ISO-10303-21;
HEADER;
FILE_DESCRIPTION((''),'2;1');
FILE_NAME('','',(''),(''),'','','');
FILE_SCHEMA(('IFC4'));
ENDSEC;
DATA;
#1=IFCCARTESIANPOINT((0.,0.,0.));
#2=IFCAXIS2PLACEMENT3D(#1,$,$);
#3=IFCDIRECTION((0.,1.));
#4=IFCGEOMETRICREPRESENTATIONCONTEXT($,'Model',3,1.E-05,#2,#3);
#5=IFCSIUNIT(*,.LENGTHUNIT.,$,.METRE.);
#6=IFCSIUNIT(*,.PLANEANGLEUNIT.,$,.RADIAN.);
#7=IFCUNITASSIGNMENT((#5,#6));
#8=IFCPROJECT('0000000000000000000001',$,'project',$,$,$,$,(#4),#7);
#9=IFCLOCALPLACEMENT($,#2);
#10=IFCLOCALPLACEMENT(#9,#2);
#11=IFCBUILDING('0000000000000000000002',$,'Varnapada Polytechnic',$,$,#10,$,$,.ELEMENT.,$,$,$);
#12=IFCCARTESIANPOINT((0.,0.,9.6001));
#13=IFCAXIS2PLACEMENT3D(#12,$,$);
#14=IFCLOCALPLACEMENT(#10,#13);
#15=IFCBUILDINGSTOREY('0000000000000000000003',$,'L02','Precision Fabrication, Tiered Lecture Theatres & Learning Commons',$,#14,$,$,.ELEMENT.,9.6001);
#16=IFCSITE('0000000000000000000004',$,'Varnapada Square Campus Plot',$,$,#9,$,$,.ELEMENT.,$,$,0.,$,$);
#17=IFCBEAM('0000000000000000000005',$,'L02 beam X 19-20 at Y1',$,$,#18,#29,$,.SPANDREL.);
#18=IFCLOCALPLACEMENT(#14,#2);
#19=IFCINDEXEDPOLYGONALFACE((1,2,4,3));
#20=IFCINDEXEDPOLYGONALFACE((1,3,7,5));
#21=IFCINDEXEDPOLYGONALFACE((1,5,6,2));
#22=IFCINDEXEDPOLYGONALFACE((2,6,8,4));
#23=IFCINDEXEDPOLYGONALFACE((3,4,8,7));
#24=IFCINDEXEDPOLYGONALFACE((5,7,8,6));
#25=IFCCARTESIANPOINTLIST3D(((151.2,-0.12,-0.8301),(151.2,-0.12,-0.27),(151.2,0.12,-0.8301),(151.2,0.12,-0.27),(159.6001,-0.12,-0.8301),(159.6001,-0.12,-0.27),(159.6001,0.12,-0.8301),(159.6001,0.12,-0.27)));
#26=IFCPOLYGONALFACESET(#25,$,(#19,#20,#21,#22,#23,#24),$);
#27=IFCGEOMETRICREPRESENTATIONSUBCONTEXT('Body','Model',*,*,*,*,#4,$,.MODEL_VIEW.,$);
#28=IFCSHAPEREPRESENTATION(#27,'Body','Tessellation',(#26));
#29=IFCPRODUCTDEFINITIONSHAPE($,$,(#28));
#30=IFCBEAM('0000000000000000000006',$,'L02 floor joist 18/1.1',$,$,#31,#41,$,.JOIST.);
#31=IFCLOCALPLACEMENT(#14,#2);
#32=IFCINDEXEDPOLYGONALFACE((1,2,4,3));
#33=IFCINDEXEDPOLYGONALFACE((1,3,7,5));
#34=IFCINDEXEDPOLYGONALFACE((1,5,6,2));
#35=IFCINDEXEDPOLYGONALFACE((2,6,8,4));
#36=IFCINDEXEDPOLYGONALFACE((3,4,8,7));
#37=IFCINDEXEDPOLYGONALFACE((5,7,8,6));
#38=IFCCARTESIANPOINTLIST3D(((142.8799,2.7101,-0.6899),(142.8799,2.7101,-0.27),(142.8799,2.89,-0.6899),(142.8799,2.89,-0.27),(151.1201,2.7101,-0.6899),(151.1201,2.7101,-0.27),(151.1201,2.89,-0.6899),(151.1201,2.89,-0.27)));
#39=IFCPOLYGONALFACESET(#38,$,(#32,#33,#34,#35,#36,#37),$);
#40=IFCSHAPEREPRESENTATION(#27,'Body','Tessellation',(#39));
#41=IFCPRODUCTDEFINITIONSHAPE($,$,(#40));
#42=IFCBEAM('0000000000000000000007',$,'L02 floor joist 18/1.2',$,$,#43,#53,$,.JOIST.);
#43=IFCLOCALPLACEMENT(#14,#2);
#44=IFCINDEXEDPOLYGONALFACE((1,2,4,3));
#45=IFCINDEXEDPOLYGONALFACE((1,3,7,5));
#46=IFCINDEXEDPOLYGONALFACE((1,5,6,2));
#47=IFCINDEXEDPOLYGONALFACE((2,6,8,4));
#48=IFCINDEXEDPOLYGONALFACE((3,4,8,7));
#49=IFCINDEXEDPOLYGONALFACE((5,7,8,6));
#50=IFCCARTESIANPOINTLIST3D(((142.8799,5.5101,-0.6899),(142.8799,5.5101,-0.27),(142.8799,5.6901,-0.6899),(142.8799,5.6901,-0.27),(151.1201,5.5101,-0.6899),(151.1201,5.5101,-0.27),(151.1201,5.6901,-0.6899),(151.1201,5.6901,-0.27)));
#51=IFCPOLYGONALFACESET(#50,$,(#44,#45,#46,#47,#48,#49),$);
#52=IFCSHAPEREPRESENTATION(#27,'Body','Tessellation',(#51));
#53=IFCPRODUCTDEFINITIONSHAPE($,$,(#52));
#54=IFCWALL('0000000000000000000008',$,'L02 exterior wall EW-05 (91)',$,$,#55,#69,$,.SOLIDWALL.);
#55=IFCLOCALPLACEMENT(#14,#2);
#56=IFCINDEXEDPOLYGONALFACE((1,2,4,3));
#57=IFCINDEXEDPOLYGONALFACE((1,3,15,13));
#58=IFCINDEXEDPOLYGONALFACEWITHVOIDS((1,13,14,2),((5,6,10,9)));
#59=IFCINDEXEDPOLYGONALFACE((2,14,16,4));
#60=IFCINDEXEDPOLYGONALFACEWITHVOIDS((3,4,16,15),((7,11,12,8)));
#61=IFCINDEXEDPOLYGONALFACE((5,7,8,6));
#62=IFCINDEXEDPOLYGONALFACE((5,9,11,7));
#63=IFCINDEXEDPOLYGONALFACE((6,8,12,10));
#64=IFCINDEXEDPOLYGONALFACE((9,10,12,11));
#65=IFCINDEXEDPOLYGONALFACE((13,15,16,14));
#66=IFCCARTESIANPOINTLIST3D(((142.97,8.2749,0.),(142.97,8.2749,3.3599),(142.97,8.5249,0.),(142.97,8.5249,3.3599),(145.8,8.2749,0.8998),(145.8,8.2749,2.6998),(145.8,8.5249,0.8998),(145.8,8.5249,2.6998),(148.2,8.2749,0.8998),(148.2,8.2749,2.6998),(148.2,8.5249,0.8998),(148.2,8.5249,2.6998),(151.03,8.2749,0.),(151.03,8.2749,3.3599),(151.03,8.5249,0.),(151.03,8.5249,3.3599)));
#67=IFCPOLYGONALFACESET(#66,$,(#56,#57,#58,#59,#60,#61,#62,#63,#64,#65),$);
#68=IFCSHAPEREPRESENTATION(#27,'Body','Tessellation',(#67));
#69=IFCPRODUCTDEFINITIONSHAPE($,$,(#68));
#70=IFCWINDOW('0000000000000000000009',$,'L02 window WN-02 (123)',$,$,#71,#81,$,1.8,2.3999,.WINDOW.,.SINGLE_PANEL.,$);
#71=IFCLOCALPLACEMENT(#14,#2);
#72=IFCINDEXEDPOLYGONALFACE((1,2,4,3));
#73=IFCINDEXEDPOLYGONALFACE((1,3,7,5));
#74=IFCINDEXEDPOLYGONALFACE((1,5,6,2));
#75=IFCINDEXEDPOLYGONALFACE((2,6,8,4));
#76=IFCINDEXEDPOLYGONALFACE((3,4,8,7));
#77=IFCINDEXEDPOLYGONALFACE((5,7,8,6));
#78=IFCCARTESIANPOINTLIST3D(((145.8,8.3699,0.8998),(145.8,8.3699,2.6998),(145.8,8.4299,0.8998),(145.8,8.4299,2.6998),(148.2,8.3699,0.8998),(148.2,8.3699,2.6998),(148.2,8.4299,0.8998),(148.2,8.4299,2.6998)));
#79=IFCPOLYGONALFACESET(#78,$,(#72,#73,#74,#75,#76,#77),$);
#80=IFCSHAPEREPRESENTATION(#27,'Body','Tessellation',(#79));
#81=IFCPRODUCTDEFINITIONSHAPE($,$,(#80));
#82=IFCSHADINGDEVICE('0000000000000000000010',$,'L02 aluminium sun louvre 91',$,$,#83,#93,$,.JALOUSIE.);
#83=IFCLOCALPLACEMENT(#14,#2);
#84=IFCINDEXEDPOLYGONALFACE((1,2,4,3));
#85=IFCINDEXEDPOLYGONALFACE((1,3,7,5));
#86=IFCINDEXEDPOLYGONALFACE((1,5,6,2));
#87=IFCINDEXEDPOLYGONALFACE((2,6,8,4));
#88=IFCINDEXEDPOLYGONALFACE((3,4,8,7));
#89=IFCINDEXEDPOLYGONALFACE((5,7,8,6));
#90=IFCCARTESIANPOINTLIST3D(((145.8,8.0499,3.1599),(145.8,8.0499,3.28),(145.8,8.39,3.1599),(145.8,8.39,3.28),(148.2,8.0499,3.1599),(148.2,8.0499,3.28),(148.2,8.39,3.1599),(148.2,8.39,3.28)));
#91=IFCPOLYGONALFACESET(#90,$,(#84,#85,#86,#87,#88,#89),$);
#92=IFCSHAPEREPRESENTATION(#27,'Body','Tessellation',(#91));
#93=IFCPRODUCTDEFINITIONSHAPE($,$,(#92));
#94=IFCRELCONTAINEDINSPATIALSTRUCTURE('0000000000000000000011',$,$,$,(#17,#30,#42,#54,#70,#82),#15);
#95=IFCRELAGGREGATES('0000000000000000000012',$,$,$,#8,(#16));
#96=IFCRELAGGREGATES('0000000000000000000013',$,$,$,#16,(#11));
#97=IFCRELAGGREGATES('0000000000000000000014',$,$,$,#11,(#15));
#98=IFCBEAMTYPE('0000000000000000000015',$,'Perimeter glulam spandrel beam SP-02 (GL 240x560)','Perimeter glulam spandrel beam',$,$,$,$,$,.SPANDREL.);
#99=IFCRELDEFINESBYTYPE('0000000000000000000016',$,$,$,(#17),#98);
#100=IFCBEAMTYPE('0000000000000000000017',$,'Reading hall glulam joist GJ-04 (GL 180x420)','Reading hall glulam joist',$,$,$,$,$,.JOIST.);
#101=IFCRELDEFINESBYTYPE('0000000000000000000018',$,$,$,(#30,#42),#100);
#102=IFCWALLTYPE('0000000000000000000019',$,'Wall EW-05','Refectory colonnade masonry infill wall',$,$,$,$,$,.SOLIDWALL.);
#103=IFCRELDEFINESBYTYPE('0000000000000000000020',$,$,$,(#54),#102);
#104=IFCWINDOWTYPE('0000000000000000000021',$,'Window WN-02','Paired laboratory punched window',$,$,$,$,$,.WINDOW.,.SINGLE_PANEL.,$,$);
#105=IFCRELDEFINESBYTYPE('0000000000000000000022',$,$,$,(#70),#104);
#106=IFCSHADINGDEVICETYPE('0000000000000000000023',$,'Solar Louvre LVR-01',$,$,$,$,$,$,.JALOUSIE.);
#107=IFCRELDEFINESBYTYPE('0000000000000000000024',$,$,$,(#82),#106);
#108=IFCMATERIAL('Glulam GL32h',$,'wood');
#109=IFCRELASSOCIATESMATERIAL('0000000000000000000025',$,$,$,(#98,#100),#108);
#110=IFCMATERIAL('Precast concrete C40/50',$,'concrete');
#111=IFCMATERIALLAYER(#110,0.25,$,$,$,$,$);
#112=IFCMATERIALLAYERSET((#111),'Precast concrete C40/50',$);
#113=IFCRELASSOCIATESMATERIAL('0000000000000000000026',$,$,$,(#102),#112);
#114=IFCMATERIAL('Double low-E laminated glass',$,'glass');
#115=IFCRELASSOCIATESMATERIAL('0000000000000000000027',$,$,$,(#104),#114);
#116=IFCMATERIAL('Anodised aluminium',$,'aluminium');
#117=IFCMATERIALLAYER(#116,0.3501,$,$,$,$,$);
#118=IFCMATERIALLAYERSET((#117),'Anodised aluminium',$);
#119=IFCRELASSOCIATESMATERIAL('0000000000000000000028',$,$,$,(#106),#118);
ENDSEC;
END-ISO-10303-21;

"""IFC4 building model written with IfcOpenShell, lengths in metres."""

from ifc_helpers import new_model, si_unit, direction, frame, frame_2d, origin, origin_2d, place, context, subcontext, project, spatial, rectangle, extrude, material, layer, layer_set, material_profile, profile_set, type_object, element, fill, save


model = new_model("IFC4")

# Units and contexts
model_context = context("Model", 3, precision=1e-05, world=origin(), true_north=direction((0.0, 1.0)))
body_context = subcontext(model_context, "Body", "Model", "MODEL_VIEW")
ifc_project = project(units=[si_unit("LENGTHUNIT", "METRE"), si_unit("PLANEANGLEUNIT", "RADIAN")], contexts=[model_context])

# Site, building, storey
site_placement = place(None, origin())
site = spatial("IfcSite", under=ifc_project, at=site_placement, Name="Varnapada Square Campus Plot", CompositionType="ELEMENT", RefElevation=0.0)
building_placement = place(site_placement, origin())
building = spatial("IfcBuilding", under=site, at=building_placement, Name="Varnapada Polytechnic", CompositionType="ELEMENT")
storey_placement = place(building_placement, frame((0.0, 0.0, 9.6001)))
storey = spatial("IfcBuildingStorey", under=building, at=storey_placement, Name="L02", Description="Precision Fabrication, Tiered Lecture Theatres & Learning Commons", CompositionType="ELEMENT", Elevation=9.6001)

# Beams
ifc_material_1 = material(Name="Glulam GL32h", Category="wood")
ifc_material_profile_1 = material_profile(ifc_material_1, rectangle(XDim=0.24, YDim=0.5601, at=origin_2d()), Name="GL 240x560")
ifc_profile_set_1 = profile_set([ifc_material_profile_1], Name="Glulam GL32h")
beam_type_1 = type_object("IfcBeamType", Name="Perimeter glulam spandrel beam SP-02 (GL 240x560)", Description="Perimeter glulam spandrel beam", PredefinedType="SPANDREL", material=ifc_profile_set_1)
beam_placement = place(storey_placement, frame((151.2, 0.0, -0.55), z_axis=(1.0, 0.0, 0.0), x_axis=(0.0, 1.0, 0.0)))
element("IfcBeam", 1, at=beam_placement, inside=storey, type_object=beam_type_1, Name="L02 beam X 19-20 at Y1", PredefinedType="SPANDREL", context=body_context, shape_type="SweptSolid", body=[
    extrude(rectangle(XDim=0.24, YDim=0.5601, at=origin_2d()), origin(), (0.0, 0.0, 1.0), 8.4001),
])
ifc_material_profile_2 = material_profile(ifc_material_1, rectangle(XDim=0.1799, YDim=0.4199, at=origin_2d()), Name="GL 180x420")
ifc_profile_set_2 = profile_set([ifc_material_profile_2], Name="Glulam GL32h")
beam_type_2 = type_object("IfcBeamType", Name="Reading hall glulam joist GJ-04 (GL 180x420)", Description="Reading hall glulam joist", PredefinedType="JOIST", material=ifc_profile_set_2)
for number, where, z_axis, x_axis, name in (
    (2, (142.8799, 2.8, -0.48), (1.0, 0.0, 0.0), (0.0, 1.0, 0.0), "L02 floor joist 18/1.1"),
    (3, (142.8799, 5.6001, -0.48), (1.0, 0.0, 0.0), (0.0, 1.0, 0.0), "L02 floor joist 18/1.2"),
):
    element("IfcBeam", number, at=place(storey_placement, frame(where, z_axis=z_axis, x_axis=x_axis)), inside=storey, type_object=beam_type_2, Name=name, PredefinedType="JOIST", context=body_context, shape_type="SweptSolid", body=[
        extrude(rectangle(XDim=0.1799, YDim=0.4199, at=origin_2d()), origin(), (0.0, 0.0, 1.0), 8.2402),
    ])

# Wall, opening, window
ifc_material_2 = material(Name="Precast concrete C40/50", Category="concrete")
ifc_layer_1 = layer(ifc_material_2, 0.25)
ifc_layer_set_1 = layer_set([ifc_layer_1], Name="Precast concrete C40/50")
wall_type = type_object("IfcWallType", Name="Wall EW-05", Description="Refectory colonnade masonry infill wall", PredefinedType="SOLIDWALL", material=ifc_layer_set_1)
wall_placement = place(storey_placement, frame((151.03, 8.3999, 0.0), z_axis=(0.0, 0.0, 1.0), x_axis=(-1.0, 0.0, 0.0)))
wall = element("IfcWall", 4, at=wall_placement, inside=storey, type_object=wall_type, Name="L02 exterior wall EW-05 (91)", PredefinedType="SOLIDWALL", context=body_context, shape_type="SweptSolid", body=[
    extrude(rectangle(XDim=8.0601, YDim=0.25, at=frame_2d((4.03, 0.0))), origin(), (0.0, 0.0, 1.0), 3.3599),
])
opening_1_placement = place(wall_placement, frame((2.8301, 0.0, 0.8999)))
opening_1 = element("IfcOpeningElement", 5, at=opening_1_placement, cuts=wall, PredefinedType="OPENING", context=body_context, shape_type="SweptSolid", body=[
    extrude(rectangle(XDim=2.3999, YDim=1.8, at=frame_2d((1.2, 0.8999))), frame((0.0, 0.135, 0.0), z_axis=(0.0, -1.0, 0.0), x_axis=(1.0, 0.0, 0.0)), (0.0, 0.0, 1.0), 0.27),
])
ifc_material_3 = material(Name="Double low-E laminated glass", Category="glass")
window_type = type_object("IfcWindowType", Name="Window WN-02", Description="Paired laboratory punched window", PartitioningType="SINGLE_PANEL", PredefinedType="WINDOW", material=ifc_material_3)
window_placement = place(opening_1_placement, origin())
window = element("IfcWindow", 6, at=window_placement, inside=storey, type_object=window_type, Name="L02 window WN-02 (123)", OverallHeight=1.8, OverallWidth=2.3999, PartitioningType="SINGLE_PANEL", PredefinedType="WINDOW", context=body_context, shape_type="SweptSolid", body=[
    extrude(rectangle(XDim=2.3999, YDim=1.8, at=frame_2d((1.2, 0.8999))), frame((0.0, 0.03, 0.0), z_axis=(0.0, -1.0, 0.0), x_axis=(1.0, 0.0, 0.0)), (0.0, 0.0, 1.0), 0.0601),
])
fill(opening_1, window)

# Shading device
ifc_material_4 = material(Name="Anodised aluminium", Category="aluminium")
ifc_layer_2 = layer(ifc_material_4, 0.3501)
ifc_layer_set_2 = layer_set([ifc_layer_2], Name="Anodised aluminium")
shading_device_type_1 = type_object("IfcShadingDeviceType", Name="Solar Louvre LVR-01", PredefinedType="JALOUSIE", material=ifc_layer_set_2)
shading_device_1_placement = place(storey_placement, frame((147.0, 8.22, 3.1599), z_axis=(0.0, 0.0, 1.0), x_axis=(-1.0, 0.0, 0.0)))
element("IfcShadingDevice", 7, at=shading_device_1_placement, inside=storey, type_object=shading_device_type_1, Name="L02 aluminium sun louvre 91", PredefinedType="JALOUSIE", context=body_context, shape_type="SweptSolid", body=[
    extrude(rectangle(XDim=2.3999, YDim=0.3401, at=origin_2d()), origin(), (0.0, 0.0, 1.0), 0.1201),
])

save(model, "model.ifc")
